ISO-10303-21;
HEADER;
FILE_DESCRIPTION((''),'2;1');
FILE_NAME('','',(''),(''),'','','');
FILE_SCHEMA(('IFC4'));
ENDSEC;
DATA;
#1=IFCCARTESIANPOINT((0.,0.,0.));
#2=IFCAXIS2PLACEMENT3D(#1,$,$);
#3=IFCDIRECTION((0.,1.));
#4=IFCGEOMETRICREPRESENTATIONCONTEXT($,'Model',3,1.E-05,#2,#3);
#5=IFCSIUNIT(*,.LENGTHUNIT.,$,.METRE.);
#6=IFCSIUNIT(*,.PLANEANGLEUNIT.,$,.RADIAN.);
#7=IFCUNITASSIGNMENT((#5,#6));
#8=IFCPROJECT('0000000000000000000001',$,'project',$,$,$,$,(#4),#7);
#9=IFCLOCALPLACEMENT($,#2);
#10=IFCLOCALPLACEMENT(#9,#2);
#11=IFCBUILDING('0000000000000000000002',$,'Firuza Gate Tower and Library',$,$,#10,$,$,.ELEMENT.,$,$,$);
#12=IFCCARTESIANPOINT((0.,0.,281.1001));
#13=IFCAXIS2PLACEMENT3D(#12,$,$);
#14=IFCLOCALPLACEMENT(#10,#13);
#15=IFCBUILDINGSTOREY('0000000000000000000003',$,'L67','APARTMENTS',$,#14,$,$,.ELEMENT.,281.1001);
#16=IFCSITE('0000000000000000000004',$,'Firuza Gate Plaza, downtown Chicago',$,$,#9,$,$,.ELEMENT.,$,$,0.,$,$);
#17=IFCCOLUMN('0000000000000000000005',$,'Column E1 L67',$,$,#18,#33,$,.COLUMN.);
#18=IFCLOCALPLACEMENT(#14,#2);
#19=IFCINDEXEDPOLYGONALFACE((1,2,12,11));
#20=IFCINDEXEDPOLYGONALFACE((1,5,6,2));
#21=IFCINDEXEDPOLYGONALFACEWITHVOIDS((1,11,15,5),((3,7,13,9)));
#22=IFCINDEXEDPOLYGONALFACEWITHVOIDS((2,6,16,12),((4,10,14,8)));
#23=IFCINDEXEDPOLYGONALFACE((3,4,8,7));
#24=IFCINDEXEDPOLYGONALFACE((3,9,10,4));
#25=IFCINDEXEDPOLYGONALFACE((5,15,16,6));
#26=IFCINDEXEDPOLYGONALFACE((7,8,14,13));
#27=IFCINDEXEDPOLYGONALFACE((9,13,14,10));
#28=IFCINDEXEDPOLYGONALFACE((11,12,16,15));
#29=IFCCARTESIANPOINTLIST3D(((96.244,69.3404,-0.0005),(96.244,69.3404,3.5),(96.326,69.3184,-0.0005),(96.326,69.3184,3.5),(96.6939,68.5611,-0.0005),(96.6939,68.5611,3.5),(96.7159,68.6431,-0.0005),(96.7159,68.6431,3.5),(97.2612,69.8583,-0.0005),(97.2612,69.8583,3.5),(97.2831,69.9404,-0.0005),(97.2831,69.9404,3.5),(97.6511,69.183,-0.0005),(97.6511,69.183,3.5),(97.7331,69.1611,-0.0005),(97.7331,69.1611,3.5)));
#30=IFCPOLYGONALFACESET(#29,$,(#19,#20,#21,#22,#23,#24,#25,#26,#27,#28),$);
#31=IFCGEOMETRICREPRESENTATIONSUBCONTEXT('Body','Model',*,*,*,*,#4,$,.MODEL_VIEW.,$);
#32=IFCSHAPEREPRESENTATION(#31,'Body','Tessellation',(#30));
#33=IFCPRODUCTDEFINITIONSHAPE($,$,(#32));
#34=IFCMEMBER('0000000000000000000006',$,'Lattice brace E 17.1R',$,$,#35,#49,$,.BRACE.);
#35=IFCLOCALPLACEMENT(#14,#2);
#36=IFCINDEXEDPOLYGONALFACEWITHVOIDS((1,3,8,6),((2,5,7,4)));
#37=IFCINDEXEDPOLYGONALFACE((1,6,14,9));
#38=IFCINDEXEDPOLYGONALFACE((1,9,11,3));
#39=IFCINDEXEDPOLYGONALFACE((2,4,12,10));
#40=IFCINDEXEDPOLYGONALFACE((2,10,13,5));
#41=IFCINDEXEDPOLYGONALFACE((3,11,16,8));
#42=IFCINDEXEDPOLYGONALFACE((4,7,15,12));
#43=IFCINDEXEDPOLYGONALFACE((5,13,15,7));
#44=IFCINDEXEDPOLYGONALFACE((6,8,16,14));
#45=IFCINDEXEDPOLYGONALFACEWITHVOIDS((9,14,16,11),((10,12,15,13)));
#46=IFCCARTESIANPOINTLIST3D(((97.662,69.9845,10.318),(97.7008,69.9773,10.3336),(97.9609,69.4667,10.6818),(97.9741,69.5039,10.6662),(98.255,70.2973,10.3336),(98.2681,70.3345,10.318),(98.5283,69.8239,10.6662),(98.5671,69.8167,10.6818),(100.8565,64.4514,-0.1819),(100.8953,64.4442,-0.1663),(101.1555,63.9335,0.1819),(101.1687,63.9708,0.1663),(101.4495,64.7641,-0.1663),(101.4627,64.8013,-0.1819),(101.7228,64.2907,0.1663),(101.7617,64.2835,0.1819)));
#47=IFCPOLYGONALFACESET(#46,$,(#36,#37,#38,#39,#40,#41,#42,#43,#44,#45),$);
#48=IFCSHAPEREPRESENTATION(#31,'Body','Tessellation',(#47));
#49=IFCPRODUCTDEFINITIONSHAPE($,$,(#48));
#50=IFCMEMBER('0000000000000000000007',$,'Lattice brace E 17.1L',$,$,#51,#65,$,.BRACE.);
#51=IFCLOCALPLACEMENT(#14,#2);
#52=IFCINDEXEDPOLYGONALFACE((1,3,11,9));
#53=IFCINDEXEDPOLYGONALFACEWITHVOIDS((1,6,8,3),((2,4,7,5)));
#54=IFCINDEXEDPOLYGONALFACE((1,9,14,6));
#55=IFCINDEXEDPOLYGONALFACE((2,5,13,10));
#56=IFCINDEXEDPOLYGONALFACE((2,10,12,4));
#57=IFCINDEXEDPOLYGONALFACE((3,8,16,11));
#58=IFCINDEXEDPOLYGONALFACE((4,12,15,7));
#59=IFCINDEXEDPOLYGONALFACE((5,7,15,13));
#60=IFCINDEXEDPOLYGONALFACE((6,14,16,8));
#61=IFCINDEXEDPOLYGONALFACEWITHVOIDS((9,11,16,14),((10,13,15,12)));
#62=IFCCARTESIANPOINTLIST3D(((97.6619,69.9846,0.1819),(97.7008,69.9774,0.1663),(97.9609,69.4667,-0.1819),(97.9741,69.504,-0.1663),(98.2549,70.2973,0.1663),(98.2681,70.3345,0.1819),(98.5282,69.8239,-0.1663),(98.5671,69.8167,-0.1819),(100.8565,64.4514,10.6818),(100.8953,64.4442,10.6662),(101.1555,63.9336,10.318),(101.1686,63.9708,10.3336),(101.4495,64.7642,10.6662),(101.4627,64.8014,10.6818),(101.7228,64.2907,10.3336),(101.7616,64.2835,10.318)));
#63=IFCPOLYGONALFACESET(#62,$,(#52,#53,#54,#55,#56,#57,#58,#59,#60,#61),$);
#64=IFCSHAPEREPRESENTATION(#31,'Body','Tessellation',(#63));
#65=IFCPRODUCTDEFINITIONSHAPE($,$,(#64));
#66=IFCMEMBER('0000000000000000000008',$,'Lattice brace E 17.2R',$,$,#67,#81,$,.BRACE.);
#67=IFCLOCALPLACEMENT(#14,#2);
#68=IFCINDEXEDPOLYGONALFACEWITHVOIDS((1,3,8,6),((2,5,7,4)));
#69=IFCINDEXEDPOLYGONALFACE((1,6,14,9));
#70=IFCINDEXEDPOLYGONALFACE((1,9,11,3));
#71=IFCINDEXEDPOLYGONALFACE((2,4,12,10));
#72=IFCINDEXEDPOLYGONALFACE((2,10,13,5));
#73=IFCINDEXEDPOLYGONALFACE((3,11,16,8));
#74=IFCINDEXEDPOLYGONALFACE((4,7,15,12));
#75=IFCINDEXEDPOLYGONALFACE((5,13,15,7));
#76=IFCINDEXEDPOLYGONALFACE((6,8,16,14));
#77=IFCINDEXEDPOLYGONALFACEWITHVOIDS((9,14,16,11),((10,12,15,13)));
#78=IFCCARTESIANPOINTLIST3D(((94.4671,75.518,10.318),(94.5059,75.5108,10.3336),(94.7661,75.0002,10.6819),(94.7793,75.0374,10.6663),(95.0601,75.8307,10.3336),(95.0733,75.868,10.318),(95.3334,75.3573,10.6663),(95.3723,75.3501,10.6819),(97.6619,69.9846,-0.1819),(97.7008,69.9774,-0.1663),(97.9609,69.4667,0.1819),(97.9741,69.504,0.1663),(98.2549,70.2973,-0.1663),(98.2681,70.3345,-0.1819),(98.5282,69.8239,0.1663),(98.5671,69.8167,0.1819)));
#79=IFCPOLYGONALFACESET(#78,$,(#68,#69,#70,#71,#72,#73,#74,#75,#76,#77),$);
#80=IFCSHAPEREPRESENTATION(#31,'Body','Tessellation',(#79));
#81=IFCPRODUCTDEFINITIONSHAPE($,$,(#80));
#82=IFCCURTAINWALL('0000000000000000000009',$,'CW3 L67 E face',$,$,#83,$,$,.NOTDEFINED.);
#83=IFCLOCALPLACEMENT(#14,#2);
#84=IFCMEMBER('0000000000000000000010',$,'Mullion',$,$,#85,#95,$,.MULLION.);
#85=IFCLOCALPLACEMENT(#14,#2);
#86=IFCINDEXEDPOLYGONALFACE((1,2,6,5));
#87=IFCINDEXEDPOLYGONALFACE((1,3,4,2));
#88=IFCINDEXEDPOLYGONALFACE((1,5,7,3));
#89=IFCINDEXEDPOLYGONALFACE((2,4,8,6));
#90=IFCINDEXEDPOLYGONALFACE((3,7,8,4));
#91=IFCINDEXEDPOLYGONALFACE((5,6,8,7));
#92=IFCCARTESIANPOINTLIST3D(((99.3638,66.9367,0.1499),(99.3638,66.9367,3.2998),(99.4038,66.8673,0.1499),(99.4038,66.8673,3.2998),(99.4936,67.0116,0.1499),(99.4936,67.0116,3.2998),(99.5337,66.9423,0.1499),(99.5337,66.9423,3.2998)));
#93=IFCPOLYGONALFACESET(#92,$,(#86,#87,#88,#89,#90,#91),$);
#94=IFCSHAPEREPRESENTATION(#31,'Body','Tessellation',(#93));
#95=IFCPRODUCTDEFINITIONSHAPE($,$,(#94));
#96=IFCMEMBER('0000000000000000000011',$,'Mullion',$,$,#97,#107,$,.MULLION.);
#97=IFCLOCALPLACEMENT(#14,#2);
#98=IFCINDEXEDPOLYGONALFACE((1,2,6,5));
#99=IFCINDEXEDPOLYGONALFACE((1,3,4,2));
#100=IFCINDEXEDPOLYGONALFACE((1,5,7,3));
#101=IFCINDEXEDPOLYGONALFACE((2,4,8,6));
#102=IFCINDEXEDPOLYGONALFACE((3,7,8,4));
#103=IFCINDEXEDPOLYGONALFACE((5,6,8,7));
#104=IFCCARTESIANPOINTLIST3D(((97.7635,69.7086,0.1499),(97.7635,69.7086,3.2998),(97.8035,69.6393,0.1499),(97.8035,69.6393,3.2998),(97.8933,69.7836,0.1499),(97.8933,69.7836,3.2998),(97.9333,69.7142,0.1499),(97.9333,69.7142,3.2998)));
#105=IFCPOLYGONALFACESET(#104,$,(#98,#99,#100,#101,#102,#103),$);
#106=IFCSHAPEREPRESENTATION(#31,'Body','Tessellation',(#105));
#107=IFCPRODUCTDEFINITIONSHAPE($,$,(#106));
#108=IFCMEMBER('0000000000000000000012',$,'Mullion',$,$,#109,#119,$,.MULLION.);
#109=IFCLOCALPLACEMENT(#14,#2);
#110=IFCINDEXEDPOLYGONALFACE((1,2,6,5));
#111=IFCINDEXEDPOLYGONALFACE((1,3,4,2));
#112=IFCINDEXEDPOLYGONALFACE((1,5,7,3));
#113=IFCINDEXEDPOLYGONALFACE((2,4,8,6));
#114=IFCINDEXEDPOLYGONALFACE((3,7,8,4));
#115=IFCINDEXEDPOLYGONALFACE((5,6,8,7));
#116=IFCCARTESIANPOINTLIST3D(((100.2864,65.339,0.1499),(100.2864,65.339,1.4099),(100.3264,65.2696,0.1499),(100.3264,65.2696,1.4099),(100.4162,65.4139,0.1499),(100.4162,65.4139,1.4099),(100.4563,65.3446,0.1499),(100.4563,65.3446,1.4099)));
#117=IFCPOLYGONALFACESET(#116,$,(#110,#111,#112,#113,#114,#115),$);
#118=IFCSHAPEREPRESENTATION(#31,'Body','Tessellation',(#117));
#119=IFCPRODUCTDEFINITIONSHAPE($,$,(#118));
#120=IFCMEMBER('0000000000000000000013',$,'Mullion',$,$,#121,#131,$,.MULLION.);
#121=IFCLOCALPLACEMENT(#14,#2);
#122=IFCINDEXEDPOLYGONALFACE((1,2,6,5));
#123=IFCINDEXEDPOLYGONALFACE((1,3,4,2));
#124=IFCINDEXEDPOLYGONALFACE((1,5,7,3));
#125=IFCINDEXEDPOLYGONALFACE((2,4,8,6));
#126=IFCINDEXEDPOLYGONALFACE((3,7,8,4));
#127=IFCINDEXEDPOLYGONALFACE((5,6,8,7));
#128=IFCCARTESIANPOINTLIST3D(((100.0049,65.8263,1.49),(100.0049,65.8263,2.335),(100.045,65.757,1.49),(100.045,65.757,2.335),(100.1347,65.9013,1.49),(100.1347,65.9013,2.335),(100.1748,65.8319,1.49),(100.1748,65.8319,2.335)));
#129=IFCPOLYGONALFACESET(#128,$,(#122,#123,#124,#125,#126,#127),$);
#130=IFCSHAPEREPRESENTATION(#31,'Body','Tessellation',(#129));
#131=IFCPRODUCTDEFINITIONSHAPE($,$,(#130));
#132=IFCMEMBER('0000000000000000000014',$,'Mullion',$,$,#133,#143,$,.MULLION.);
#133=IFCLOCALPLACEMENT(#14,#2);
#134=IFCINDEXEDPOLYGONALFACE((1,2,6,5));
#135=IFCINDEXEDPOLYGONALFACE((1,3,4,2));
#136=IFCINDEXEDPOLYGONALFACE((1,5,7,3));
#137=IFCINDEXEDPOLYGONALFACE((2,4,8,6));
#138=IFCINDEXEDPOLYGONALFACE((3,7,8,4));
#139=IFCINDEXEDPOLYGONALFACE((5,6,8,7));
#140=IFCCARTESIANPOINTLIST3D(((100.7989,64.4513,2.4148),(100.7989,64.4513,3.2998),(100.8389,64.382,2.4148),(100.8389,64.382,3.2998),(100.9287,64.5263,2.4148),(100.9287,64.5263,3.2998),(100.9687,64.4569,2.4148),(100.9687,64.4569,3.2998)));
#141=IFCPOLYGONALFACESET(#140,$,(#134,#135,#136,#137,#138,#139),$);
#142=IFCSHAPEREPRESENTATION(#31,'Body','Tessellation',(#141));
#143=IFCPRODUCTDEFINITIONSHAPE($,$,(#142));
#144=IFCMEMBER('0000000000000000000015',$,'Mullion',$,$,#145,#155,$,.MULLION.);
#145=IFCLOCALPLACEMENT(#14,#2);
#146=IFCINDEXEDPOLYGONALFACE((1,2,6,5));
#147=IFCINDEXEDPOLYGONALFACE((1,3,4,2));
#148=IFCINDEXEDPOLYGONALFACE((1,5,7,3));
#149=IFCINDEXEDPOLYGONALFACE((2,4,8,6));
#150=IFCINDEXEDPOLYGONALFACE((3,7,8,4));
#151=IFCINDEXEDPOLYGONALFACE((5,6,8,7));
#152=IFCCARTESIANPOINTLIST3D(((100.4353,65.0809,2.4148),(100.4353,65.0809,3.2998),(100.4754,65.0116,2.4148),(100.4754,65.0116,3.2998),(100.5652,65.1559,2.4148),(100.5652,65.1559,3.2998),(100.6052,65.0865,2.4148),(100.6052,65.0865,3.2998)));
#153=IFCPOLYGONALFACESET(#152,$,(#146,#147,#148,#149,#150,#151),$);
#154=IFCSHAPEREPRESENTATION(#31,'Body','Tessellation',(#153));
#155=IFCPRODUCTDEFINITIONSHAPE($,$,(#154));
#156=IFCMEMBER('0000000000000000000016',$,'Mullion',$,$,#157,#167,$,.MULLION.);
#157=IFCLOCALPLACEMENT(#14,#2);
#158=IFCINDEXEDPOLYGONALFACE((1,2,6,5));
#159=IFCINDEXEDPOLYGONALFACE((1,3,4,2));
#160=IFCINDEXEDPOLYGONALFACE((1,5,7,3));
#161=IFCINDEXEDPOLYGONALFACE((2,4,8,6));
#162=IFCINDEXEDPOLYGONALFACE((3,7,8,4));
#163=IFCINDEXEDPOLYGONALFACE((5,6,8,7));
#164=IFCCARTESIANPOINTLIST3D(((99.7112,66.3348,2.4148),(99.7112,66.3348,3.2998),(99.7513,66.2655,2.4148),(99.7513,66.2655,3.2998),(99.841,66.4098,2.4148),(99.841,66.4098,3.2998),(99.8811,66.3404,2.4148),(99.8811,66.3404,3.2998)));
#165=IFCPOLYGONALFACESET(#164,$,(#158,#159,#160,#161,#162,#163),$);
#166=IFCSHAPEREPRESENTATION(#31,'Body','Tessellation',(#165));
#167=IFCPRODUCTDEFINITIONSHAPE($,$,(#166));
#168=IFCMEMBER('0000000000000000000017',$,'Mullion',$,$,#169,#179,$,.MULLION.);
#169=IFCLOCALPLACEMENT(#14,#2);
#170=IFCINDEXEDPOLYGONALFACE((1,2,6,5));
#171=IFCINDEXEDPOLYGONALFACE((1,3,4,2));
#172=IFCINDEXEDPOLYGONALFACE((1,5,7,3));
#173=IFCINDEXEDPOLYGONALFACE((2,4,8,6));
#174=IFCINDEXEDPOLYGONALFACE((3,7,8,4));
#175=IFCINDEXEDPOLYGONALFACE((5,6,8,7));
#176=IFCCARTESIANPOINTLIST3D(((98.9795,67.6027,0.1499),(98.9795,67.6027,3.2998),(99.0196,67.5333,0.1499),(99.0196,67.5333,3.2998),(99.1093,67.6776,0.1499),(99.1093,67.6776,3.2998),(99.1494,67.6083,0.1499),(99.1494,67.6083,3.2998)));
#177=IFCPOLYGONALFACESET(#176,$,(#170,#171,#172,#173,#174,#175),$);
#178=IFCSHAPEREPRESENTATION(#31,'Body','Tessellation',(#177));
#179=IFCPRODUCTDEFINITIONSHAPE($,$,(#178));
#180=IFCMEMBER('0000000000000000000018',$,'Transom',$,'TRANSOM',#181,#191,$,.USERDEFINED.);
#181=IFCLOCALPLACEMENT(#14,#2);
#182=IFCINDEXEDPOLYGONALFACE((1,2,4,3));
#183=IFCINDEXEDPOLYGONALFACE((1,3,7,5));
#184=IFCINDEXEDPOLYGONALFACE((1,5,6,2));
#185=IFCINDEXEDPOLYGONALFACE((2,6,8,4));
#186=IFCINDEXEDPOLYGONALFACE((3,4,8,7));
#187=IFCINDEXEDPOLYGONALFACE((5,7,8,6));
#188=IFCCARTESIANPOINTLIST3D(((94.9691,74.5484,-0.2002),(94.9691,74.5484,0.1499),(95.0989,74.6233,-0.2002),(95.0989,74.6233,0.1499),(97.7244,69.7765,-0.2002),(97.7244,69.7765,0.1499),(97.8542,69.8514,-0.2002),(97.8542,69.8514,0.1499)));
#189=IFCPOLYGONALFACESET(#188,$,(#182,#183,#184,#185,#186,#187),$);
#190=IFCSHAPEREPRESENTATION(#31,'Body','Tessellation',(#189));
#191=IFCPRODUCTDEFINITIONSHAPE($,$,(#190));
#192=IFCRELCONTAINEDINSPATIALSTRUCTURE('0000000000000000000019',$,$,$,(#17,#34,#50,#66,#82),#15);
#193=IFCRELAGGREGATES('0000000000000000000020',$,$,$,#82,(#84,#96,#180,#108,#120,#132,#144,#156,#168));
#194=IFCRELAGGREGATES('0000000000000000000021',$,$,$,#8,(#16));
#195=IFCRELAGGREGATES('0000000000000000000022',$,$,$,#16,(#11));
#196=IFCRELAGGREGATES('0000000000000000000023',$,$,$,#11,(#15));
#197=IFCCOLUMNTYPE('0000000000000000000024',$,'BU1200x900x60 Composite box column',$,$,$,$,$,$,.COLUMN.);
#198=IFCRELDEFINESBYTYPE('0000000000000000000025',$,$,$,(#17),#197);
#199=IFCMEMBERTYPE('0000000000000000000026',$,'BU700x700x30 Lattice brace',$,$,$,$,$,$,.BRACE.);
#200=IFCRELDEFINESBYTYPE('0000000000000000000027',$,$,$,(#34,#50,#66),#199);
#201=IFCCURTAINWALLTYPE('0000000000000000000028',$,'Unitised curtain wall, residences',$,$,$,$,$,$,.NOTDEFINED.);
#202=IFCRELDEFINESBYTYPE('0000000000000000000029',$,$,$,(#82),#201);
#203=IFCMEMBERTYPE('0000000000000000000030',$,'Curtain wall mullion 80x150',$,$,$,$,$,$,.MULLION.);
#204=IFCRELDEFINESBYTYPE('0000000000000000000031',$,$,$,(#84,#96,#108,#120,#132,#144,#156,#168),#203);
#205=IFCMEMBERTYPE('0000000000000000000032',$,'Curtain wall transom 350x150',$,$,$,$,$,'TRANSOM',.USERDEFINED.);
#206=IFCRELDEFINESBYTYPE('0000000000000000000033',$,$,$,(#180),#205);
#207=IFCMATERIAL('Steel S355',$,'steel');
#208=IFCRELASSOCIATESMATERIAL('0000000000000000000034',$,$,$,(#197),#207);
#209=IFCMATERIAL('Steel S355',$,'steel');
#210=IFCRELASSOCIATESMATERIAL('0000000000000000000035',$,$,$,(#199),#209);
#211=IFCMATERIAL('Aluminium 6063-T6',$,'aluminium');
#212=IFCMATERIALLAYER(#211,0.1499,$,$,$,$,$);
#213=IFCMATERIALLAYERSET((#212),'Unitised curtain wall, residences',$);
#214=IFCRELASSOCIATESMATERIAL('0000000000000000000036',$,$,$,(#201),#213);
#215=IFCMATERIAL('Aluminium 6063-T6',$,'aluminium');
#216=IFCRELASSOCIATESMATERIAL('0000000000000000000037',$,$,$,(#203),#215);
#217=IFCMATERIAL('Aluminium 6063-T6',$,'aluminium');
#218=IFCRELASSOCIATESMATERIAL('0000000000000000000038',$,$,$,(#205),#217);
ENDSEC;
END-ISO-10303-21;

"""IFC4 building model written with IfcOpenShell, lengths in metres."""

from ifc_helpers import new_model, si_unit, direction, frame, origin, origin_2d, place, context, subcontext, project, spatial, rectangle, hollow_rectangle, extrude, material, layer, layer_set, material_profile, profile_set, type_object, element, aggregate, save


model = new_model("IFC4")

# Units and contexts
model_context = context("Model", 3, precision=1e-05, world=origin(), true_north=direction((0.0, 1.0)))
body_context = subcontext(model_context, "Body", "Model", "MODEL_VIEW")
ifc_project = project(units=[si_unit("LENGTHUNIT", "METRE"), si_unit("PLANEANGLEUNIT", "RADIAN")], contexts=[model_context])

# Site, building, storey
site_placement = place(None, origin())
site = spatial("IfcSite", under=ifc_project, at=site_placement, Name="Firuza Gate Plaza, downtown Chicago", CompositionType="ELEMENT", RefElevation=0.0)
building_placement = place(site_placement, origin())
building = spatial("IfcBuilding", under=site, at=building_placement, Name="Firuza Gate Tower and Library", CompositionType="ELEMENT")
storey_placement = place(building_placement, frame((0.0, 0.0, 281.1001)))
storey = spatial("IfcBuildingStorey", under=building, at=storey_placement, Name="L67", Description="APARTMENTS", CompositionType="ELEMENT", Elevation=281.1001)

# Column
ifc_material_1 = material(Name="Steel S355", Category="steel")
ifc_material_profile_1 = material_profile(ifc_material_1, hollow_rectangle(XDim=0.8999, YDim=1.2, WallThickness=0.0601, at=origin_2d()))
ifc_profile_set_1 = profile_set([ifc_material_profile_1], Name="Steel S355")
column_type = type_object("IfcColumnType", Name="BU1200x900x60 Composite box column", PredefinedType="COLUMN", material=ifc_profile_set_1)
column_placement = place(storey_placement, frame((96.9885, 69.2507, -0.0005), z_axis=(0.0, 0.0, 1.0), x_axis=(-0.5, 0.866025, 0.0)))
element("IfcColumn", 1, at=column_placement, inside=storey, type_object=column_type, Name="Column E1 L67", PredefinedType="COLUMN", context=body_context, shape_type="SweptSolid", body=[
    extrude(hollow_rectangle(XDim=0.8999, YDim=1.2, WallThickness=0.0601, at=origin_2d()), origin(), (0.0, 0.0, 1.0), 3.5005),
])

# Members
ifc_material_2 = material(Name="Steel S355", Category="steel")
ifc_material_profile_2 = material_profile(ifc_material_2, hollow_rectangle(XDim=0.7, YDim=0.7, WallThickness=0.03, at=origin_2d()))
ifc_profile_set_2 = profile_set([ifc_material_profile_2], Name="Steel S355")
member_type_1 = type_object("IfcMemberType", Name="BU700x700x30 Lattice brace", PredefinedType="BRACE", material=ifc_profile_set_2)
for number, where, z_axis, x_axis, name in (
    (2, (101.3091, 64.3674, 0.0), (-0.25991, 0.450179, 0.854275), (-0.866027, -0.499998, 0.0), "Lattice brace E 17.1R"),
    (3, (98.1145, 69.9006, 0.0), (0.25991, -0.450179, 0.854275), (0.866027, 0.499998, 0.0), "Lattice brace E 17.1L"),
):
    element("IfcMember", number, at=place(storey_placement, frame(where, z_axis=z_axis, x_axis=x_axis)), inside=storey, type_object=member_type_1, Name=name, PredefinedType="BRACE", context=body_context, shape_type="SweptSolid", body=[
        extrude(hollow_rectangle(XDim=0.7, YDim=0.7, WallThickness=0.03, at=origin_2d()), origin(), (0.0, 0.0, 1.0), 12.291),
    ])
member_1_placement = place(storey_placement, frame((98.1145, 69.9006, 0.0), z_axis=(-0.259926, 0.450192, 0.854263), x_axis=(-0.86602, -0.50001, 0.0)))
element("IfcMember", 4, at=member_1_placement, inside=storey, type_object=member_type_1, Name="Lattice brace E 17.2R", PredefinedType="BRACE", context=body_context, shape_type="SweptSolid", body=[
    extrude(hollow_rectangle(XDim=0.7, YDim=0.7, WallThickness=0.03, at=origin_2d()), origin(), (0.0, 0.0, 1.0), 12.2913),
])

# Curtain wall, members
ifc_material_3 = material(Name="Aluminium 6063-T6", Category="aluminium")
ifc_layer_1 = layer(ifc_material_3, 0.1499)
ifc_layer_set_1 = layer_set([ifc_layer_1], Name="Unitised curtain wall, residences")
curtain_wall_type = type_object("IfcCurtainWallType", Name="Unitised curtain wall, residences", PredefinedType="NOTDEFINED", material=ifc_layer_set_1)
curtain_wall_placement = place(storey_placement, origin())
curtain_wall = element("IfcCurtainWall", 5, at=curtain_wall_placement, inside=storey, type_object=curtain_wall_type, Name="CW3 L67 E face", PredefinedType="NOTDEFINED")
ifc_material_4 = material(Name="Aluminium 6063-T6", Category="aluminium")
ifc_material_profile_3 = material_profile(ifc_material_4, rectangle(XDim=0.1499, YDim=0.0801, at=origin_2d()))
ifc_profile_set_3 = profile_set([ifc_material_profile_3], Name="Aluminium 6063-T6")
member_type_2 = type_object("IfcMemberType", Name="Curtain wall mullion 80x150", PredefinedType="MULLION", material=ifc_profile_set_3)
member_2_placement = place(storey_placement, frame((99.4487, 66.9395, 0.1499), z_axis=(0.0, 0.0, 1.0), x_axis=(-0.866025, -0.5, 0.0)))
member_2 = element("IfcMember", 6, at=member_2_placement, type_object=member_type_2, Name="Mullion", PredefinedType="MULLION", context=body_context, shape_type="SweptSolid", body=[
    extrude(rectangle(XDim=0.1499, YDim=0.0801, at=origin_2d()), origin(), (0.0, 0.0, 1.0), 3.1499),
])
member_3_placement = place(storey_placement, frame((97.8484, 69.7114, 0.1499), z_axis=(0.0, 0.0, 1.0), x_axis=(-0.866025, -0.5, 0.0)))
member_3 = element("IfcMember", 7, at=member_3_placement, type_object=member_type_2, Name="Mullion", PredefinedType="MULLION", context=body_context, shape_type="SweptSolid", body=[
    extrude(rectangle(XDim=0.1499, YDim=0.0801, at=origin_2d()), origin(), (0.0, 0.0, 1.0), 3.1499),
])
member_4_placement = place(storey_placement, frame((100.3713, 65.3418, 0.1499), z_axis=(0.0, 0.0, 1.0), x_axis=(-0.866025, -0.5, 0.0)))
member_4 = element("IfcMember", 8, at=member_4_placement, type_object=member_type_2, Name="Mullion", PredefinedType="MULLION", context=body_context, shape_type="SweptSolid", body=[
    extrude(rectangle(XDim=0.1499, YDim=0.0801, at=origin_2d()), origin(), (0.0, 0.0, 1.0), 1.26),
])
member_5_placement = place(storey_placement, frame((100.0898, 65.8291, 1.49), z_axis=(0.0, 0.0, 1.0), x_axis=(-0.866025, -0.5, 0.0)))
member_5 = element("IfcMember", 9, at=member_5_placement, type_object=member_type_2, Name="Mullion", PredefinedType="MULLION", context=body_context, shape_type="SweptSolid", body=[
    extrude(rectangle(XDim=0.1499, YDim=0.0801, at=origin_2d()), origin(), (0.0, 0.0, 1.0), 0.845),
])
member_6_placement = place(storey_placement, frame((100.8838, 64.4541, 2.4148), z_axis=(0.0, 0.0, 1.0), x_axis=(-0.866025, -0.5, 0.0)))
member_6 = element("IfcMember", 10, at=member_6_placement, type_object=member_type_2, Name="Mullion", PredefinedType="MULLION", context=body_context, shape_type="SweptSolid", body=[
    extrude(rectangle(XDim=0.1499, YDim=0.0801, at=origin_2d()), origin(), (0.0, 0.0, 1.0), 0.885),
])
member_7_placement = place(storey_placement, frame((100.5203, 65.0837, 2.4148), z_axis=(0.0, 0.0, 1.0), x_axis=(-0.866025, -0.5, 0.0)))
member_7 = element("IfcMember", 11, at=member_7_placement, type_object=member_type_2, Name="Mullion", PredefinedType="MULLION", context=body_context, shape_type="SweptSolid", body=[
    extrude(rectangle(XDim=0.1499, YDim=0.0801, at=origin_2d()), origin(), (0.0, 0.0, 1.0), 0.885),
])
member_8_placement = place(storey_placement, frame((99.7961, 66.3376, 2.4148), z_axis=(0.0, 0.0, 1.0), x_axis=(-0.866025, -0.5, 0.0)))
member_8 = element("IfcMember", 12, at=member_8_placement, type_object=member_type_2, Name="Mullion", PredefinedType="MULLION", context=body_context, shape_type="SweptSolid", body=[
    extrude(rectangle(XDim=0.1499, YDim=0.0801, at=origin_2d()), origin(), (0.0, 0.0, 1.0), 0.885),
])
member_9_placement = place(storey_placement, frame((99.0645, 67.6055, 0.1499), z_axis=(0.0, 0.0, 1.0), x_axis=(-0.866025, -0.5, 0.0)))
member_9 = element("IfcMember", 13, at=member_9_placement, type_object=member_type_2, Name="Mullion", PredefinedType="MULLION", context=body_context, shape_type="SweptSolid", body=[
    extrude(rectangle(XDim=0.1499, YDim=0.0801, at=origin_2d()), origin(), (0.0, 0.0, 1.0), 3.1499),
])
ifc_material_5 = material(Name="Aluminium 6063-T6", Category="aluminium")
ifc_material_profile_4 = material_profile(ifc_material_5, rectangle(XDim=0.1499, YDim=0.3501, at=origin_2d()))
ifc_profile_set_4 = profile_set([ifc_material_profile_4], Name="Aluminium 6063-T6")
member_type_3 = type_object("IfcMemberType", Name="Curtain wall transom 350x150", ElementType="TRANSOM", PredefinedType="USERDEFINED", material=ifc_profile_set_4)
member_10_placement = place(storey_placement, frame((97.7893, 69.814, -0.0251), z_axis=(-0.500037, 0.866004, 0.0), x_axis=(-0.866004, -0.500037, 0.0)))
member_10 = element("IfcMember", 14, at=member_10_placement, type_object=member_type_3, Name="Transom", ObjectType="TRANSOM", PredefinedType="USERDEFINED", context=body_context, shape_type="SweptSolid", body=[
    extrude(rectangle(XDim=0.1499, YDim=0.3501, at=origin_2d()), origin(), (0.0, 0.0, 1.0), 5.5103),
])

aggregate(curtain_wall, [member_2, member_3, member_10, member_4, member_5, member_6, member_7, member_8, member_9])

save(model, "model.ifc")
